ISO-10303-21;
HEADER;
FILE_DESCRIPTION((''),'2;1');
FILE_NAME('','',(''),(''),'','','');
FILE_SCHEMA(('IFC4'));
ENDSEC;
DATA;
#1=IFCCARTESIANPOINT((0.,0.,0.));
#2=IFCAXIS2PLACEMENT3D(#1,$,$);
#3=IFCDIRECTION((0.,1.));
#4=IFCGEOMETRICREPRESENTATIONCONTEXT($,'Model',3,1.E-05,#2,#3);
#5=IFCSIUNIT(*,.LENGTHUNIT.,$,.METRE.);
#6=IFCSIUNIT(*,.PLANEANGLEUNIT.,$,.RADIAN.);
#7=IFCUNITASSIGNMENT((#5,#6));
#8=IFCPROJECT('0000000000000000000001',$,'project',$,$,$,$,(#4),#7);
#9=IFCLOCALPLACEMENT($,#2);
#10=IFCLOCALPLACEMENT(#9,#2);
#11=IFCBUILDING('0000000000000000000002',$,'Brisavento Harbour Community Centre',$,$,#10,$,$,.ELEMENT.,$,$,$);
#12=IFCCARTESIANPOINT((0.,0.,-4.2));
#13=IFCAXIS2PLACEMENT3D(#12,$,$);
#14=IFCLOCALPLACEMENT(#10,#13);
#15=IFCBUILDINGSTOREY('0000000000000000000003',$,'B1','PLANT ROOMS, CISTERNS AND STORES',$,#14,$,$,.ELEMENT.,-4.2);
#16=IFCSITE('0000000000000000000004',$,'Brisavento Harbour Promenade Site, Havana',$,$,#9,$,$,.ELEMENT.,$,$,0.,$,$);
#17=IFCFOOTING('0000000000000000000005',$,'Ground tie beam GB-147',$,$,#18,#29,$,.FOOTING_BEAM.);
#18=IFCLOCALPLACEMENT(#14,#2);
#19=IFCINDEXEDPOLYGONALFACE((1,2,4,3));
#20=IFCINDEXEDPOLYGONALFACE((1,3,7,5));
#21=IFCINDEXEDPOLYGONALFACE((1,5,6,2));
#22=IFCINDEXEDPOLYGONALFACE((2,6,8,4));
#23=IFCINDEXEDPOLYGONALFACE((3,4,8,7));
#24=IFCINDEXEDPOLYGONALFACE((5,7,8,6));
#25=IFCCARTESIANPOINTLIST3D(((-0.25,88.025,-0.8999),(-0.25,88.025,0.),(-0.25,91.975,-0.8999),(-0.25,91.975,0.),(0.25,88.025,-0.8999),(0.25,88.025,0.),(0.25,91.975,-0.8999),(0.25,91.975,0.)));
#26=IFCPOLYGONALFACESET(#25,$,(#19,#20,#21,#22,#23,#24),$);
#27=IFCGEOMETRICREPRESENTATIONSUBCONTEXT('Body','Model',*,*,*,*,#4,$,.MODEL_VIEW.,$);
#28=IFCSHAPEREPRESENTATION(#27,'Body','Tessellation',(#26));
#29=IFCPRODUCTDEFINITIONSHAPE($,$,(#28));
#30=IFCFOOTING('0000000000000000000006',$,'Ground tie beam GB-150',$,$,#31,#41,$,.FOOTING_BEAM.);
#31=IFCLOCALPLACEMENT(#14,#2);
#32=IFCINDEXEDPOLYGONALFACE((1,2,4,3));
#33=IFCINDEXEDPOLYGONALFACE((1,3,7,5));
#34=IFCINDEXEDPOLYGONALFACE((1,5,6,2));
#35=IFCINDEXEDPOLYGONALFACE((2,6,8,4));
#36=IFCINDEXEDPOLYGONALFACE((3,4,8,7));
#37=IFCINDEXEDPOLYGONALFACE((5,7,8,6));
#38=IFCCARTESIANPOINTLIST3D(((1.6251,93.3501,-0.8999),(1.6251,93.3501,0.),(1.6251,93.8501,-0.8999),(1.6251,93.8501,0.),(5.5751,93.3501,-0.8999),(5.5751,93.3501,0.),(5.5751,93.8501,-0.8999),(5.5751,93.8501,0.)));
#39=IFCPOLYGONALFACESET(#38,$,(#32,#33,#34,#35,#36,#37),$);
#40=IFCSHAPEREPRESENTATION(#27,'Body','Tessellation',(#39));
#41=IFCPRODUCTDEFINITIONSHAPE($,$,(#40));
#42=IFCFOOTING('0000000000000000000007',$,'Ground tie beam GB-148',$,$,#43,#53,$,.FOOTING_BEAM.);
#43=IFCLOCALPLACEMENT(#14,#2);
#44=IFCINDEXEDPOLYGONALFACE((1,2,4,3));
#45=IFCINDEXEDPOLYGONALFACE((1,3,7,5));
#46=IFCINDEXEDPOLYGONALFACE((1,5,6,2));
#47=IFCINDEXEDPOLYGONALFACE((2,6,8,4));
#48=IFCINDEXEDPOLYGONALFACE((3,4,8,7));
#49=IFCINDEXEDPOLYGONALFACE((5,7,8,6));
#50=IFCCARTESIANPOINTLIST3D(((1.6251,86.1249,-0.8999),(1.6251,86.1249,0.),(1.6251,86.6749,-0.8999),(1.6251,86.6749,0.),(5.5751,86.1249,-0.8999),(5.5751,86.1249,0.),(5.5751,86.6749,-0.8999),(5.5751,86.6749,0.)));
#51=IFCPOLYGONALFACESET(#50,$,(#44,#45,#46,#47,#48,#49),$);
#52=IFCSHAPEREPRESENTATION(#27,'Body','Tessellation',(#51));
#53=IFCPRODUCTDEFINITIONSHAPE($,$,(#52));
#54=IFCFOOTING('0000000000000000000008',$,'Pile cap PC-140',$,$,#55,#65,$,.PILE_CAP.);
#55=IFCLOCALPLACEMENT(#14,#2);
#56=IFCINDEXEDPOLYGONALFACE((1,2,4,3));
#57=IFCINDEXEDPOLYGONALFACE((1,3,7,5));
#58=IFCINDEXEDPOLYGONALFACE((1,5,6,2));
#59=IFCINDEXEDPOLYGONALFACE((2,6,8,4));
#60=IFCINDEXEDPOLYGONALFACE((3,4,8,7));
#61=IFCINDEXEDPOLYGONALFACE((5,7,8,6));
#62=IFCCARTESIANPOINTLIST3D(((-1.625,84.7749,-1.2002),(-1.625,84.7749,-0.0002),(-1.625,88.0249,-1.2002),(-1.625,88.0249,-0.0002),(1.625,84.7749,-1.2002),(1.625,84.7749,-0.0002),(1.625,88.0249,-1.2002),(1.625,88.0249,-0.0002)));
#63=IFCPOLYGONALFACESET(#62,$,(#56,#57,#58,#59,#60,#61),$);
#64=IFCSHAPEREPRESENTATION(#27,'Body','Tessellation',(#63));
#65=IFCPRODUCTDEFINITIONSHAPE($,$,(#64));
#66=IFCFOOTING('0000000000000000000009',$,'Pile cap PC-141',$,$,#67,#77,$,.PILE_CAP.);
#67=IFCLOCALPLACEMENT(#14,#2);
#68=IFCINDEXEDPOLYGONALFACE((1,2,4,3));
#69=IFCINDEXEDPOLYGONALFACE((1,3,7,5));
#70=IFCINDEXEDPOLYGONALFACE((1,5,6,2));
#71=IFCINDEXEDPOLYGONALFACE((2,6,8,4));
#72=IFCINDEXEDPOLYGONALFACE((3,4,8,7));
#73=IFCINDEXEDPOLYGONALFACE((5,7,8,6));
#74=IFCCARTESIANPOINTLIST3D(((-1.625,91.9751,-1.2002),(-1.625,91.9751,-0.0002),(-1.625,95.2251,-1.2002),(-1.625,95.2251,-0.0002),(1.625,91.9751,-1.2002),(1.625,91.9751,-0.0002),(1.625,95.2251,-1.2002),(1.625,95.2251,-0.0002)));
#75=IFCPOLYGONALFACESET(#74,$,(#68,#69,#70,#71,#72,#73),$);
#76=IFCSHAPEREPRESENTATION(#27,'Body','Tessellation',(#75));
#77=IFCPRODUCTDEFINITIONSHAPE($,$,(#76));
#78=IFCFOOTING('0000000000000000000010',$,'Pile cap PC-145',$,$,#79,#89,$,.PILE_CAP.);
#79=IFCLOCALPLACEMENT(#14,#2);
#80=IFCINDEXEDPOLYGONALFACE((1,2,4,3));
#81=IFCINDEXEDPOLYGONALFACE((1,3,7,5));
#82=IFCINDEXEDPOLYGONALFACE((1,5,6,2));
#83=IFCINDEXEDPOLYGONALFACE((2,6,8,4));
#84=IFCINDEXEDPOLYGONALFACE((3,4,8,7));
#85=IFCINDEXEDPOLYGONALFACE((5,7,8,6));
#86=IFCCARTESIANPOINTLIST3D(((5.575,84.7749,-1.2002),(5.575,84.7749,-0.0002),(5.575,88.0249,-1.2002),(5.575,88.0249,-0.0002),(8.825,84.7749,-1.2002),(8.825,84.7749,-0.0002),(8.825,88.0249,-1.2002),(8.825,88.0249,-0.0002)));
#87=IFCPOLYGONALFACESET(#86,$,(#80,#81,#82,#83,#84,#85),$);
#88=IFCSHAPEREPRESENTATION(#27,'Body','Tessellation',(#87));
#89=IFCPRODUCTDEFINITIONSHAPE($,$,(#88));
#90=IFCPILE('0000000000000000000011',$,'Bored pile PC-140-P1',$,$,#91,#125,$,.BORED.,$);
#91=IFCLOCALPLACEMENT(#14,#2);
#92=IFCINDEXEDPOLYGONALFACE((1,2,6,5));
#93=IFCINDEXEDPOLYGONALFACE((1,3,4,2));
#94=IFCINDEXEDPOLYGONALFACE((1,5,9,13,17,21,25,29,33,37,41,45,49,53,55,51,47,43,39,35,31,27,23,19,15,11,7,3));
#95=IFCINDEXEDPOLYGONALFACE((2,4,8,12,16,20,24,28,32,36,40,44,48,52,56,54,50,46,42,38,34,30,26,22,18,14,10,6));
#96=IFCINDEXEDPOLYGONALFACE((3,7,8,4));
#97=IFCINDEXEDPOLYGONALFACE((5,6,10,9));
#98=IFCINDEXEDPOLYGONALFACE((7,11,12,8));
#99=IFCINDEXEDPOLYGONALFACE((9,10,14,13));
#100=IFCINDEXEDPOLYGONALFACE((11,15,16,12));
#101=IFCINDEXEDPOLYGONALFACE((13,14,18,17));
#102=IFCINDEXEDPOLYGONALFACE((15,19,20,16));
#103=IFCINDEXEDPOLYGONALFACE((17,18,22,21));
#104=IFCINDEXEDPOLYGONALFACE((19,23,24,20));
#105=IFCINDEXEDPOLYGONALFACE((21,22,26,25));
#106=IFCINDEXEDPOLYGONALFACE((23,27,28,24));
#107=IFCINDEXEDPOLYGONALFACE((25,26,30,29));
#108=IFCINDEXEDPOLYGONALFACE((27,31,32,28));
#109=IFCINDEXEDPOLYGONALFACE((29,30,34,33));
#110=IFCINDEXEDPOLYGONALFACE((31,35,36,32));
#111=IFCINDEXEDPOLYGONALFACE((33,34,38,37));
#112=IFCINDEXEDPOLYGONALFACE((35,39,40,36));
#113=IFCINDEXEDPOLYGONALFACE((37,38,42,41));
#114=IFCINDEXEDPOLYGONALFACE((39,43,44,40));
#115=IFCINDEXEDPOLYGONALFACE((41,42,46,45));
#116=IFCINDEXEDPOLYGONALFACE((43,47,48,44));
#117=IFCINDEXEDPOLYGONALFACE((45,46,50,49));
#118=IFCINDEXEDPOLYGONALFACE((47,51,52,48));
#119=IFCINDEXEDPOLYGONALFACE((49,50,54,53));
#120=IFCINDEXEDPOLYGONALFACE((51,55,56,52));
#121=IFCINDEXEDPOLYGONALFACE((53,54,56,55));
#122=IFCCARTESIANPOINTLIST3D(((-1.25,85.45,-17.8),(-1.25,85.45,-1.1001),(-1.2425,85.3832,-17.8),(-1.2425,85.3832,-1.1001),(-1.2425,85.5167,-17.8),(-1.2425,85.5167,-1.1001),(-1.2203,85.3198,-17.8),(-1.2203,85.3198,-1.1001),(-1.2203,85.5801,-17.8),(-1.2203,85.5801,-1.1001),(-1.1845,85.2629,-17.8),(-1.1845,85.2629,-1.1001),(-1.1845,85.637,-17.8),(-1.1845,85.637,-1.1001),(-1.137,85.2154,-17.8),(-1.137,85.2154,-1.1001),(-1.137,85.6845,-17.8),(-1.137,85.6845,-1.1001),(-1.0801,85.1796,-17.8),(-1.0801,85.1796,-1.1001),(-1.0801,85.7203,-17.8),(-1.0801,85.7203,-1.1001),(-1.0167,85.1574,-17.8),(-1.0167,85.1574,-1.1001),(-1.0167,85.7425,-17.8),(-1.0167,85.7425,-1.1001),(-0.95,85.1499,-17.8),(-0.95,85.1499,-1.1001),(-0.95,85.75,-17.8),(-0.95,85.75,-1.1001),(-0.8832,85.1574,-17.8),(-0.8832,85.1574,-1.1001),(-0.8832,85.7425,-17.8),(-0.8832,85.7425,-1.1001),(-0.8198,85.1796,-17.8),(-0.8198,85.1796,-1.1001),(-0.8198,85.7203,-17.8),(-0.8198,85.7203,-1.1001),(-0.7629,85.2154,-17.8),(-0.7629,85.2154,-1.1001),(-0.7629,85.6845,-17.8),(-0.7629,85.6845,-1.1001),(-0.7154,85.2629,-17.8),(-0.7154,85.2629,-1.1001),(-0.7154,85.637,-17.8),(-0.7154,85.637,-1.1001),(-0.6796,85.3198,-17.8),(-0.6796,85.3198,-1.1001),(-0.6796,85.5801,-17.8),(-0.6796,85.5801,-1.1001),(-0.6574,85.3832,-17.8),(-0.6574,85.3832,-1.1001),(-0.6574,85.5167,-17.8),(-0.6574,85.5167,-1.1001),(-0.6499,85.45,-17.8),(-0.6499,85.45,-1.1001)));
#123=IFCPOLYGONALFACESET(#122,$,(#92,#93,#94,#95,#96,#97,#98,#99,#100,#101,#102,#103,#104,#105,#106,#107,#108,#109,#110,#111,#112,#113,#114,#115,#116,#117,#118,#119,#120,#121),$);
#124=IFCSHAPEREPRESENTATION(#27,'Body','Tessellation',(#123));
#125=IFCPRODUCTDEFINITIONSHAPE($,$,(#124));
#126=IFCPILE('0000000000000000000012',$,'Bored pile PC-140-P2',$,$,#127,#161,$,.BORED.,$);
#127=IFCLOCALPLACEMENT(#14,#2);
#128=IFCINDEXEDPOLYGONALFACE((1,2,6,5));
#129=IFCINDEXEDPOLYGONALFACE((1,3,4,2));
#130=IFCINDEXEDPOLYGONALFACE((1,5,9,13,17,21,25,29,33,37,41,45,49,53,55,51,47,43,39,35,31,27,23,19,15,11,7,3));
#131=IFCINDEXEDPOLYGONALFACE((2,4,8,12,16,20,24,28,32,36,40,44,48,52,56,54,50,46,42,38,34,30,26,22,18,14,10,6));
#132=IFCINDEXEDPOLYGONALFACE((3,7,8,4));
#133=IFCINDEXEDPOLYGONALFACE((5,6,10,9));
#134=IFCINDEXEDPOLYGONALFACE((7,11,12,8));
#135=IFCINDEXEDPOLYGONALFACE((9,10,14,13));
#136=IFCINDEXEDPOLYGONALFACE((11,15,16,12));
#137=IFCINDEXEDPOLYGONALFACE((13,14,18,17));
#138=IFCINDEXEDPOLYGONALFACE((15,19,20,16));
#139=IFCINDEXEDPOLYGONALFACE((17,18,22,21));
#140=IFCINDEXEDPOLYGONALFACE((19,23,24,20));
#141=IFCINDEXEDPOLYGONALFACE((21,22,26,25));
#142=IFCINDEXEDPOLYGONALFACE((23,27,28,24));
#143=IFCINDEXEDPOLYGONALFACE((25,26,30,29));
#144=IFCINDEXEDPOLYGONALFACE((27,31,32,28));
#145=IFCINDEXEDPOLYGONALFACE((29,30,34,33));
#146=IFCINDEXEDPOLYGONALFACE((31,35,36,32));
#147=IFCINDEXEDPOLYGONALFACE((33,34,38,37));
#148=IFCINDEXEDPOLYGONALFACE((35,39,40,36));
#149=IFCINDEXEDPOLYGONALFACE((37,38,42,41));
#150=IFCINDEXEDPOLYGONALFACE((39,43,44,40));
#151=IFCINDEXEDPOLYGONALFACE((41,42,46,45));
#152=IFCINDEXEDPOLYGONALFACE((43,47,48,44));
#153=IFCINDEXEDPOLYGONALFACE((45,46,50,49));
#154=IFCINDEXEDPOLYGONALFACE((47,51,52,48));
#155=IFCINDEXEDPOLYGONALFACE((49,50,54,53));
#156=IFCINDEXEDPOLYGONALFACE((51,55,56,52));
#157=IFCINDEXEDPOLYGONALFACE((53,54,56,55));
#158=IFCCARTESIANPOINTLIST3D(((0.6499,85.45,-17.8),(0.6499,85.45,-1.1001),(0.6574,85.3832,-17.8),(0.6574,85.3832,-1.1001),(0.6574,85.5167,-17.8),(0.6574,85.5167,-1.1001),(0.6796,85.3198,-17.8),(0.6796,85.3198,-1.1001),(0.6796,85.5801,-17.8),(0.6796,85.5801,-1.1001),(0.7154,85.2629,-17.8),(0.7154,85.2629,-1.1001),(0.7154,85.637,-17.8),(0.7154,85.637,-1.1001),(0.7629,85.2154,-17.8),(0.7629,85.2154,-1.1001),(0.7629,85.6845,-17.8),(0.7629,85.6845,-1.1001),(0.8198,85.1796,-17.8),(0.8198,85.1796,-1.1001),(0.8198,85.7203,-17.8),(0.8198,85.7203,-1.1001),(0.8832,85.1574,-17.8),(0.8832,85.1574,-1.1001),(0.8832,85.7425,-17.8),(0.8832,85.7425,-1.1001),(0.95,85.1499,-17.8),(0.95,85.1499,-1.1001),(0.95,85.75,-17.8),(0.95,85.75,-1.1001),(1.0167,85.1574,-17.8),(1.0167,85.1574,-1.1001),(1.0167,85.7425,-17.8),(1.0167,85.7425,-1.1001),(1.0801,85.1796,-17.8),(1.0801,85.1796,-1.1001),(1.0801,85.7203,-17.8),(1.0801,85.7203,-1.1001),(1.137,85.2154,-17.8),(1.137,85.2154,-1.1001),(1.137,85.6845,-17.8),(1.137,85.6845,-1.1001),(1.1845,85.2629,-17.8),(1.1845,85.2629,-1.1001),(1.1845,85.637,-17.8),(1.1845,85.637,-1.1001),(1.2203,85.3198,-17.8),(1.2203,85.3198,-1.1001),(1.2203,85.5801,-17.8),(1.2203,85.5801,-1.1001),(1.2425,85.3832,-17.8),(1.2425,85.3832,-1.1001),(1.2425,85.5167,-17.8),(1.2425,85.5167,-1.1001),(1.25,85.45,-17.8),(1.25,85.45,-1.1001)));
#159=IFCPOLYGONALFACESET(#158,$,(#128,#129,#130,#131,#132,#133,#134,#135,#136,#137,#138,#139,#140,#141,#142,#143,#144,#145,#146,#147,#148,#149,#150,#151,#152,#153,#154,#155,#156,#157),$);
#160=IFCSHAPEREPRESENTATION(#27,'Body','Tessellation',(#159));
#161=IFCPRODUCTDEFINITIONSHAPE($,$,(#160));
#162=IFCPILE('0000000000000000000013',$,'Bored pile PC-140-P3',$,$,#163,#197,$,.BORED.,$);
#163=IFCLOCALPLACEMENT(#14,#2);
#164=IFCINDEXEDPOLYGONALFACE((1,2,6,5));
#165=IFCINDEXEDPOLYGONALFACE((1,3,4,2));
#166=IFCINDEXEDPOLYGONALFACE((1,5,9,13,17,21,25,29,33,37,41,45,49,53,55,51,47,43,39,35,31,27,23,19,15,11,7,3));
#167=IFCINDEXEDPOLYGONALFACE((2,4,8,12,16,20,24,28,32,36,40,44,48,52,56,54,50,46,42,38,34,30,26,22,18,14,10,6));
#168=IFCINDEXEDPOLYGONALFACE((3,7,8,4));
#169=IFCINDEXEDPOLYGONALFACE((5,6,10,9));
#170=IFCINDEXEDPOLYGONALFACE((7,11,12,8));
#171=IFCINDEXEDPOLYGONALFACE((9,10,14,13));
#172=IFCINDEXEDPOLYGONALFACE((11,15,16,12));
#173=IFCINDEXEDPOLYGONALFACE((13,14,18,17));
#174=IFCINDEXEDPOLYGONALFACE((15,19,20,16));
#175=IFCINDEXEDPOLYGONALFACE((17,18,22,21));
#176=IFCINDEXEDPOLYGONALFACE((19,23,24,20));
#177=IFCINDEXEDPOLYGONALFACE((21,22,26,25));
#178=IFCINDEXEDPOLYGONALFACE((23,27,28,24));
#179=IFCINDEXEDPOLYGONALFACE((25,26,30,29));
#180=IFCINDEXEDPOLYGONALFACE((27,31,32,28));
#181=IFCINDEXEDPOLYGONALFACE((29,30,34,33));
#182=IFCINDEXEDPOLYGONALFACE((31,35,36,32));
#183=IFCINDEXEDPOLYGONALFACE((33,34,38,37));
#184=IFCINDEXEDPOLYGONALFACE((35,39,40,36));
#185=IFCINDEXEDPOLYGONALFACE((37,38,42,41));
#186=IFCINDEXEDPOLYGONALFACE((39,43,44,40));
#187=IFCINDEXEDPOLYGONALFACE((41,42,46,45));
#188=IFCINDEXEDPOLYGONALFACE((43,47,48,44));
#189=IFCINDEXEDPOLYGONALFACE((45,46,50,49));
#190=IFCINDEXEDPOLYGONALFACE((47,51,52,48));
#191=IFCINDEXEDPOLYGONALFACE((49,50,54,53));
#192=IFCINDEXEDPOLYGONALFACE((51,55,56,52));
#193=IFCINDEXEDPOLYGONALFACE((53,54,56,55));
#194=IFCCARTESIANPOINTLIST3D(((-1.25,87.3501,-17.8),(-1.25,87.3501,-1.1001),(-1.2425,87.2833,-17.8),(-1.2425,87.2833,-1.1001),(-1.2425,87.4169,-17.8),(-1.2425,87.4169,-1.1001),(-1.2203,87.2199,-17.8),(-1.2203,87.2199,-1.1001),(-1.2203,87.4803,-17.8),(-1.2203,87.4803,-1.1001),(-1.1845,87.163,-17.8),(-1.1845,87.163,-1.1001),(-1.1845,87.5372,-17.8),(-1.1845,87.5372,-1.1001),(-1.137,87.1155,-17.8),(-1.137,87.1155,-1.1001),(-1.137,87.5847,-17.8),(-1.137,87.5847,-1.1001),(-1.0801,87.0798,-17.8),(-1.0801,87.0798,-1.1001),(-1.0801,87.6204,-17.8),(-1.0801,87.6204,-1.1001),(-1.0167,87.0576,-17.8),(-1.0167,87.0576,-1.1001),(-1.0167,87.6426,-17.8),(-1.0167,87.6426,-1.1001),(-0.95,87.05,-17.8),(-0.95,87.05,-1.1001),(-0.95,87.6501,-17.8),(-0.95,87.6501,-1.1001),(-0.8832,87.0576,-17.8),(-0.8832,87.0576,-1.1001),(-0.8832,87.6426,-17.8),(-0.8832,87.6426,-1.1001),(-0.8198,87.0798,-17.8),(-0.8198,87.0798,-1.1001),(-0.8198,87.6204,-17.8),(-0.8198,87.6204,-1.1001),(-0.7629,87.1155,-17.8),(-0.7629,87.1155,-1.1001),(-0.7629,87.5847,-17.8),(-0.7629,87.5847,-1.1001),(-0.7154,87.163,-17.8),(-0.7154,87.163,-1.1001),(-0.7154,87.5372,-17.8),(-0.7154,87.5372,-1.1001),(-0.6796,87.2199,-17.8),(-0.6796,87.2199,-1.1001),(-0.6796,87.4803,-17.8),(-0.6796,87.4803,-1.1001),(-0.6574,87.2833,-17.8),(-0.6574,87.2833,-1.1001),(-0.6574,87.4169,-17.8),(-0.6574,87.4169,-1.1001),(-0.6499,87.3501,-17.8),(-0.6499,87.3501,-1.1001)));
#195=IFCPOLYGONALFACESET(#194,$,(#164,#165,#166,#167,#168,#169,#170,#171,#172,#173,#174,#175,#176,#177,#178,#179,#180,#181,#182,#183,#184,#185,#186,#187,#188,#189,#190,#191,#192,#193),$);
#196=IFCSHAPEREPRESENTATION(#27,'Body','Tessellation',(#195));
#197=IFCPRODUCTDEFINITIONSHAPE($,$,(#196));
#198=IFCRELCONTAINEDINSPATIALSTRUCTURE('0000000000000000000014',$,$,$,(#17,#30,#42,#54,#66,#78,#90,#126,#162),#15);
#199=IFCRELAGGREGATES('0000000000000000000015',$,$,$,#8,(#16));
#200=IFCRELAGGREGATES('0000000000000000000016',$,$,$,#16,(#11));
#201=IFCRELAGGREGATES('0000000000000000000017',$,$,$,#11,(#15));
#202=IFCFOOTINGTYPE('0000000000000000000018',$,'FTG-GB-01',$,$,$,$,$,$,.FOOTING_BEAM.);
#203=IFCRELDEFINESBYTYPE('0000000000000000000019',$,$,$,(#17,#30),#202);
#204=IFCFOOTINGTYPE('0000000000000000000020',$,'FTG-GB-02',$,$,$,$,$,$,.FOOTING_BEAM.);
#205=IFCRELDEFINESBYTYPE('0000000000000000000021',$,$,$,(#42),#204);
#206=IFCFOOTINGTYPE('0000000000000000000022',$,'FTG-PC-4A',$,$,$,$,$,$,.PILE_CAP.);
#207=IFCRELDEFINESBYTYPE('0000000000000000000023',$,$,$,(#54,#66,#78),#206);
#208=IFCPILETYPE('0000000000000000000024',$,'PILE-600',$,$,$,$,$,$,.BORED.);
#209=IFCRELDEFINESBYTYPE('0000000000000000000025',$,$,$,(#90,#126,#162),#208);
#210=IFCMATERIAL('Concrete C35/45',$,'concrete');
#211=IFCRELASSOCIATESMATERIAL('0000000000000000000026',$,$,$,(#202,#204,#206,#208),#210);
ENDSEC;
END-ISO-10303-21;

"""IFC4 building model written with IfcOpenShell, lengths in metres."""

from ifc_helpers import new_model, si_unit, direction, frame, origin, origin_2d, place, context, subcontext, project, spatial, rectangle, circle, extrude, material, material_profile, profile_set, type_object, element, save


model = new_model("IFC4")

# Units and contexts
model_context = context("Model", 3, precision=1e-05, world=origin(), true_north=direction((0.0, 1.0)))
body_context = subcontext(model_context, "Body", "Model", "MODEL_VIEW")
ifc_project = project(units=[si_unit("LENGTHUNIT", "METRE"), si_unit("PLANEANGLEUNIT", "RADIAN")], contexts=[model_context])

# Site, building, storey
site_placement = place(None, origin())
site = spatial("IfcSite", under=ifc_project, at=site_placement, Name="Brisavento Harbour Promenade Site, Havana", CompositionType="ELEMENT", RefElevation=0.0)
building_placement = place(site_placement, origin())
building = spatial("IfcBuilding", under=site, at=building_placement, Name="Brisavento Harbour Community Centre", CompositionType="ELEMENT")
storey_placement = place(building_placement, frame((0.0, 0.0, -4.2)))
storey = spatial("IfcBuildingStorey", under=building, at=storey_placement, Name="B1", Description="PLANT ROOMS, CISTERNS AND STORES", CompositionType="ELEMENT", Elevation=-4.2)

# Footings
ifc_material = material(Name="Concrete C35/45", Category="concrete")
footing_type_1 = type_object("IfcFootingType", Name="FTG-GB-01", PredefinedType="FOOTING_BEAM", material=ifc_material)
footing_1_placement = place(storey_placement, frame((0.0, 90.0, -0.8999), z_axis=(0.0, 0.0, 1.0), x_axis=(1.0, 0.0, 0.0)))
element("IfcFooting", 1, at=footing_1_placement, inside=storey, type_object=footing_type_1, Name="Ground tie beam GB-147", PredefinedType="FOOTING_BEAM", context=body_context, shape_type="SweptSolid", body=[
    extrude(rectangle(XDim=0.5, YDim=3.95, at=origin_2d()), origin(), (0.0, 0.0, 1.0), 0.8999),
])
footing_2_placement = place(storey_placement, frame((3.6001, 93.6001, -0.8999), z_axis=(0.0, 0.0, 1.0), x_axis=(1.0, 0.0, 0.0)))
element("IfcFooting", 2, at=footing_2_placement, inside=storey, type_object=footing_type_1, Name="Ground tie beam GB-150", PredefinedType="FOOTING_BEAM", context=body_context, shape_type="SweptSolid", body=[
    extrude(rectangle(XDim=3.95, YDim=0.5, at=origin_2d()), origin(), (0.0, 0.0, 1.0), 0.8999),
])
footing_type_2 = type_object("IfcFootingType", Name="FTG-GB-02", PredefinedType="FOOTING_BEAM", material=ifc_material)
footing_3_placement = place(storey_placement, frame((3.6001, 86.3999, -0.8999), z_axis=(0.0, 0.0, 1.0), x_axis=(1.0, 0.0, 0.0)))
element("IfcFooting", 3, at=footing_3_placement, inside=storey, type_object=footing_type_2, Name="Ground tie beam GB-148", PredefinedType="FOOTING_BEAM", context=body_context, shape_type="SweptSolid", body=[
    extrude(rectangle(XDim=3.95, YDim=0.55, at=origin_2d()), origin(), (0.0, 0.0, 1.0), 0.8999),
])
footing_type_3 = type_object("IfcFootingType", Name="FTG-PC-4A", PredefinedType="PILE_CAP", material=ifc_material)
for number, where, z_axis, x_axis, name in (
    (4, (0.0, 86.3999, -1.2002), (0.0, 0.0, 1.0), (1.0, 0.0, 0.0), "Pile cap PC-140"),
    (5, (0.0, 93.6001, -1.2002), (0.0, 0.0, 1.0), (1.0, 0.0, 0.0), "Pile cap PC-141"),
    (6, (7.2, 86.3999, -1.2002), (0.0, 0.0, 1.0), (1.0, 0.0, 0.0), "Pile cap PC-145"),
):
    element("IfcFooting", number, at=place(storey_placement, frame(where, z_axis=z_axis, x_axis=x_axis)), inside=storey, type_object=footing_type_3, Name=name, PredefinedType="PILE_CAP", context=body_context, shape_type="SweptSolid", body=[
        extrude(rectangle(XDim=3.25, YDim=3.25, at=origin_2d()), origin(), (0.0, 0.0, 1.0), 1.2),
    ])

# Piles
ifc_material_profile_1 = material_profile(ifc_material, circle(Radius=0.3, at=origin_2d()), Name="Concrete C35/45")
ifc_profile_set_1 = profile_set([ifc_material_profile_1], Name="Concrete C35/45")
pile_type = type_object("IfcPileType", Name="PILE-600", PredefinedType="BORED", material=ifc_profile_set_1)
for number, where, z_axis, x_axis, name in (
    (7, (-0.95, 85.45, -1.1001), (0.0, 0.0, -1.0), (1.0, 0.0, 0.0), "Bored pile PC-140-P1"),
    (8, (0.95, 85.45, -1.1001), (0.0, 0.0, -1.0), (1.0, 0.0, 0.0), "Bored pile PC-140-P2"),
    (9, (-0.95, 87.3501, -1.1001), (0.0, 0.0, -1.0), (1.0, 0.0, 0.0), "Bored pile PC-140-P3"),
):
    element("IfcPile", number, at=place(storey_placement, frame(where, z_axis=z_axis, x_axis=x_axis)), inside=storey, type_object=pile_type, Name=name, PredefinedType="BORED", context=body_context, shape_type="SweptSolid", body=[
        extrude(circle(Radius=0.3, at=origin_2d()), origin(), (0.0, 0.0, 1.0), 16.7),
    ])

save(model, "model.ifc")
